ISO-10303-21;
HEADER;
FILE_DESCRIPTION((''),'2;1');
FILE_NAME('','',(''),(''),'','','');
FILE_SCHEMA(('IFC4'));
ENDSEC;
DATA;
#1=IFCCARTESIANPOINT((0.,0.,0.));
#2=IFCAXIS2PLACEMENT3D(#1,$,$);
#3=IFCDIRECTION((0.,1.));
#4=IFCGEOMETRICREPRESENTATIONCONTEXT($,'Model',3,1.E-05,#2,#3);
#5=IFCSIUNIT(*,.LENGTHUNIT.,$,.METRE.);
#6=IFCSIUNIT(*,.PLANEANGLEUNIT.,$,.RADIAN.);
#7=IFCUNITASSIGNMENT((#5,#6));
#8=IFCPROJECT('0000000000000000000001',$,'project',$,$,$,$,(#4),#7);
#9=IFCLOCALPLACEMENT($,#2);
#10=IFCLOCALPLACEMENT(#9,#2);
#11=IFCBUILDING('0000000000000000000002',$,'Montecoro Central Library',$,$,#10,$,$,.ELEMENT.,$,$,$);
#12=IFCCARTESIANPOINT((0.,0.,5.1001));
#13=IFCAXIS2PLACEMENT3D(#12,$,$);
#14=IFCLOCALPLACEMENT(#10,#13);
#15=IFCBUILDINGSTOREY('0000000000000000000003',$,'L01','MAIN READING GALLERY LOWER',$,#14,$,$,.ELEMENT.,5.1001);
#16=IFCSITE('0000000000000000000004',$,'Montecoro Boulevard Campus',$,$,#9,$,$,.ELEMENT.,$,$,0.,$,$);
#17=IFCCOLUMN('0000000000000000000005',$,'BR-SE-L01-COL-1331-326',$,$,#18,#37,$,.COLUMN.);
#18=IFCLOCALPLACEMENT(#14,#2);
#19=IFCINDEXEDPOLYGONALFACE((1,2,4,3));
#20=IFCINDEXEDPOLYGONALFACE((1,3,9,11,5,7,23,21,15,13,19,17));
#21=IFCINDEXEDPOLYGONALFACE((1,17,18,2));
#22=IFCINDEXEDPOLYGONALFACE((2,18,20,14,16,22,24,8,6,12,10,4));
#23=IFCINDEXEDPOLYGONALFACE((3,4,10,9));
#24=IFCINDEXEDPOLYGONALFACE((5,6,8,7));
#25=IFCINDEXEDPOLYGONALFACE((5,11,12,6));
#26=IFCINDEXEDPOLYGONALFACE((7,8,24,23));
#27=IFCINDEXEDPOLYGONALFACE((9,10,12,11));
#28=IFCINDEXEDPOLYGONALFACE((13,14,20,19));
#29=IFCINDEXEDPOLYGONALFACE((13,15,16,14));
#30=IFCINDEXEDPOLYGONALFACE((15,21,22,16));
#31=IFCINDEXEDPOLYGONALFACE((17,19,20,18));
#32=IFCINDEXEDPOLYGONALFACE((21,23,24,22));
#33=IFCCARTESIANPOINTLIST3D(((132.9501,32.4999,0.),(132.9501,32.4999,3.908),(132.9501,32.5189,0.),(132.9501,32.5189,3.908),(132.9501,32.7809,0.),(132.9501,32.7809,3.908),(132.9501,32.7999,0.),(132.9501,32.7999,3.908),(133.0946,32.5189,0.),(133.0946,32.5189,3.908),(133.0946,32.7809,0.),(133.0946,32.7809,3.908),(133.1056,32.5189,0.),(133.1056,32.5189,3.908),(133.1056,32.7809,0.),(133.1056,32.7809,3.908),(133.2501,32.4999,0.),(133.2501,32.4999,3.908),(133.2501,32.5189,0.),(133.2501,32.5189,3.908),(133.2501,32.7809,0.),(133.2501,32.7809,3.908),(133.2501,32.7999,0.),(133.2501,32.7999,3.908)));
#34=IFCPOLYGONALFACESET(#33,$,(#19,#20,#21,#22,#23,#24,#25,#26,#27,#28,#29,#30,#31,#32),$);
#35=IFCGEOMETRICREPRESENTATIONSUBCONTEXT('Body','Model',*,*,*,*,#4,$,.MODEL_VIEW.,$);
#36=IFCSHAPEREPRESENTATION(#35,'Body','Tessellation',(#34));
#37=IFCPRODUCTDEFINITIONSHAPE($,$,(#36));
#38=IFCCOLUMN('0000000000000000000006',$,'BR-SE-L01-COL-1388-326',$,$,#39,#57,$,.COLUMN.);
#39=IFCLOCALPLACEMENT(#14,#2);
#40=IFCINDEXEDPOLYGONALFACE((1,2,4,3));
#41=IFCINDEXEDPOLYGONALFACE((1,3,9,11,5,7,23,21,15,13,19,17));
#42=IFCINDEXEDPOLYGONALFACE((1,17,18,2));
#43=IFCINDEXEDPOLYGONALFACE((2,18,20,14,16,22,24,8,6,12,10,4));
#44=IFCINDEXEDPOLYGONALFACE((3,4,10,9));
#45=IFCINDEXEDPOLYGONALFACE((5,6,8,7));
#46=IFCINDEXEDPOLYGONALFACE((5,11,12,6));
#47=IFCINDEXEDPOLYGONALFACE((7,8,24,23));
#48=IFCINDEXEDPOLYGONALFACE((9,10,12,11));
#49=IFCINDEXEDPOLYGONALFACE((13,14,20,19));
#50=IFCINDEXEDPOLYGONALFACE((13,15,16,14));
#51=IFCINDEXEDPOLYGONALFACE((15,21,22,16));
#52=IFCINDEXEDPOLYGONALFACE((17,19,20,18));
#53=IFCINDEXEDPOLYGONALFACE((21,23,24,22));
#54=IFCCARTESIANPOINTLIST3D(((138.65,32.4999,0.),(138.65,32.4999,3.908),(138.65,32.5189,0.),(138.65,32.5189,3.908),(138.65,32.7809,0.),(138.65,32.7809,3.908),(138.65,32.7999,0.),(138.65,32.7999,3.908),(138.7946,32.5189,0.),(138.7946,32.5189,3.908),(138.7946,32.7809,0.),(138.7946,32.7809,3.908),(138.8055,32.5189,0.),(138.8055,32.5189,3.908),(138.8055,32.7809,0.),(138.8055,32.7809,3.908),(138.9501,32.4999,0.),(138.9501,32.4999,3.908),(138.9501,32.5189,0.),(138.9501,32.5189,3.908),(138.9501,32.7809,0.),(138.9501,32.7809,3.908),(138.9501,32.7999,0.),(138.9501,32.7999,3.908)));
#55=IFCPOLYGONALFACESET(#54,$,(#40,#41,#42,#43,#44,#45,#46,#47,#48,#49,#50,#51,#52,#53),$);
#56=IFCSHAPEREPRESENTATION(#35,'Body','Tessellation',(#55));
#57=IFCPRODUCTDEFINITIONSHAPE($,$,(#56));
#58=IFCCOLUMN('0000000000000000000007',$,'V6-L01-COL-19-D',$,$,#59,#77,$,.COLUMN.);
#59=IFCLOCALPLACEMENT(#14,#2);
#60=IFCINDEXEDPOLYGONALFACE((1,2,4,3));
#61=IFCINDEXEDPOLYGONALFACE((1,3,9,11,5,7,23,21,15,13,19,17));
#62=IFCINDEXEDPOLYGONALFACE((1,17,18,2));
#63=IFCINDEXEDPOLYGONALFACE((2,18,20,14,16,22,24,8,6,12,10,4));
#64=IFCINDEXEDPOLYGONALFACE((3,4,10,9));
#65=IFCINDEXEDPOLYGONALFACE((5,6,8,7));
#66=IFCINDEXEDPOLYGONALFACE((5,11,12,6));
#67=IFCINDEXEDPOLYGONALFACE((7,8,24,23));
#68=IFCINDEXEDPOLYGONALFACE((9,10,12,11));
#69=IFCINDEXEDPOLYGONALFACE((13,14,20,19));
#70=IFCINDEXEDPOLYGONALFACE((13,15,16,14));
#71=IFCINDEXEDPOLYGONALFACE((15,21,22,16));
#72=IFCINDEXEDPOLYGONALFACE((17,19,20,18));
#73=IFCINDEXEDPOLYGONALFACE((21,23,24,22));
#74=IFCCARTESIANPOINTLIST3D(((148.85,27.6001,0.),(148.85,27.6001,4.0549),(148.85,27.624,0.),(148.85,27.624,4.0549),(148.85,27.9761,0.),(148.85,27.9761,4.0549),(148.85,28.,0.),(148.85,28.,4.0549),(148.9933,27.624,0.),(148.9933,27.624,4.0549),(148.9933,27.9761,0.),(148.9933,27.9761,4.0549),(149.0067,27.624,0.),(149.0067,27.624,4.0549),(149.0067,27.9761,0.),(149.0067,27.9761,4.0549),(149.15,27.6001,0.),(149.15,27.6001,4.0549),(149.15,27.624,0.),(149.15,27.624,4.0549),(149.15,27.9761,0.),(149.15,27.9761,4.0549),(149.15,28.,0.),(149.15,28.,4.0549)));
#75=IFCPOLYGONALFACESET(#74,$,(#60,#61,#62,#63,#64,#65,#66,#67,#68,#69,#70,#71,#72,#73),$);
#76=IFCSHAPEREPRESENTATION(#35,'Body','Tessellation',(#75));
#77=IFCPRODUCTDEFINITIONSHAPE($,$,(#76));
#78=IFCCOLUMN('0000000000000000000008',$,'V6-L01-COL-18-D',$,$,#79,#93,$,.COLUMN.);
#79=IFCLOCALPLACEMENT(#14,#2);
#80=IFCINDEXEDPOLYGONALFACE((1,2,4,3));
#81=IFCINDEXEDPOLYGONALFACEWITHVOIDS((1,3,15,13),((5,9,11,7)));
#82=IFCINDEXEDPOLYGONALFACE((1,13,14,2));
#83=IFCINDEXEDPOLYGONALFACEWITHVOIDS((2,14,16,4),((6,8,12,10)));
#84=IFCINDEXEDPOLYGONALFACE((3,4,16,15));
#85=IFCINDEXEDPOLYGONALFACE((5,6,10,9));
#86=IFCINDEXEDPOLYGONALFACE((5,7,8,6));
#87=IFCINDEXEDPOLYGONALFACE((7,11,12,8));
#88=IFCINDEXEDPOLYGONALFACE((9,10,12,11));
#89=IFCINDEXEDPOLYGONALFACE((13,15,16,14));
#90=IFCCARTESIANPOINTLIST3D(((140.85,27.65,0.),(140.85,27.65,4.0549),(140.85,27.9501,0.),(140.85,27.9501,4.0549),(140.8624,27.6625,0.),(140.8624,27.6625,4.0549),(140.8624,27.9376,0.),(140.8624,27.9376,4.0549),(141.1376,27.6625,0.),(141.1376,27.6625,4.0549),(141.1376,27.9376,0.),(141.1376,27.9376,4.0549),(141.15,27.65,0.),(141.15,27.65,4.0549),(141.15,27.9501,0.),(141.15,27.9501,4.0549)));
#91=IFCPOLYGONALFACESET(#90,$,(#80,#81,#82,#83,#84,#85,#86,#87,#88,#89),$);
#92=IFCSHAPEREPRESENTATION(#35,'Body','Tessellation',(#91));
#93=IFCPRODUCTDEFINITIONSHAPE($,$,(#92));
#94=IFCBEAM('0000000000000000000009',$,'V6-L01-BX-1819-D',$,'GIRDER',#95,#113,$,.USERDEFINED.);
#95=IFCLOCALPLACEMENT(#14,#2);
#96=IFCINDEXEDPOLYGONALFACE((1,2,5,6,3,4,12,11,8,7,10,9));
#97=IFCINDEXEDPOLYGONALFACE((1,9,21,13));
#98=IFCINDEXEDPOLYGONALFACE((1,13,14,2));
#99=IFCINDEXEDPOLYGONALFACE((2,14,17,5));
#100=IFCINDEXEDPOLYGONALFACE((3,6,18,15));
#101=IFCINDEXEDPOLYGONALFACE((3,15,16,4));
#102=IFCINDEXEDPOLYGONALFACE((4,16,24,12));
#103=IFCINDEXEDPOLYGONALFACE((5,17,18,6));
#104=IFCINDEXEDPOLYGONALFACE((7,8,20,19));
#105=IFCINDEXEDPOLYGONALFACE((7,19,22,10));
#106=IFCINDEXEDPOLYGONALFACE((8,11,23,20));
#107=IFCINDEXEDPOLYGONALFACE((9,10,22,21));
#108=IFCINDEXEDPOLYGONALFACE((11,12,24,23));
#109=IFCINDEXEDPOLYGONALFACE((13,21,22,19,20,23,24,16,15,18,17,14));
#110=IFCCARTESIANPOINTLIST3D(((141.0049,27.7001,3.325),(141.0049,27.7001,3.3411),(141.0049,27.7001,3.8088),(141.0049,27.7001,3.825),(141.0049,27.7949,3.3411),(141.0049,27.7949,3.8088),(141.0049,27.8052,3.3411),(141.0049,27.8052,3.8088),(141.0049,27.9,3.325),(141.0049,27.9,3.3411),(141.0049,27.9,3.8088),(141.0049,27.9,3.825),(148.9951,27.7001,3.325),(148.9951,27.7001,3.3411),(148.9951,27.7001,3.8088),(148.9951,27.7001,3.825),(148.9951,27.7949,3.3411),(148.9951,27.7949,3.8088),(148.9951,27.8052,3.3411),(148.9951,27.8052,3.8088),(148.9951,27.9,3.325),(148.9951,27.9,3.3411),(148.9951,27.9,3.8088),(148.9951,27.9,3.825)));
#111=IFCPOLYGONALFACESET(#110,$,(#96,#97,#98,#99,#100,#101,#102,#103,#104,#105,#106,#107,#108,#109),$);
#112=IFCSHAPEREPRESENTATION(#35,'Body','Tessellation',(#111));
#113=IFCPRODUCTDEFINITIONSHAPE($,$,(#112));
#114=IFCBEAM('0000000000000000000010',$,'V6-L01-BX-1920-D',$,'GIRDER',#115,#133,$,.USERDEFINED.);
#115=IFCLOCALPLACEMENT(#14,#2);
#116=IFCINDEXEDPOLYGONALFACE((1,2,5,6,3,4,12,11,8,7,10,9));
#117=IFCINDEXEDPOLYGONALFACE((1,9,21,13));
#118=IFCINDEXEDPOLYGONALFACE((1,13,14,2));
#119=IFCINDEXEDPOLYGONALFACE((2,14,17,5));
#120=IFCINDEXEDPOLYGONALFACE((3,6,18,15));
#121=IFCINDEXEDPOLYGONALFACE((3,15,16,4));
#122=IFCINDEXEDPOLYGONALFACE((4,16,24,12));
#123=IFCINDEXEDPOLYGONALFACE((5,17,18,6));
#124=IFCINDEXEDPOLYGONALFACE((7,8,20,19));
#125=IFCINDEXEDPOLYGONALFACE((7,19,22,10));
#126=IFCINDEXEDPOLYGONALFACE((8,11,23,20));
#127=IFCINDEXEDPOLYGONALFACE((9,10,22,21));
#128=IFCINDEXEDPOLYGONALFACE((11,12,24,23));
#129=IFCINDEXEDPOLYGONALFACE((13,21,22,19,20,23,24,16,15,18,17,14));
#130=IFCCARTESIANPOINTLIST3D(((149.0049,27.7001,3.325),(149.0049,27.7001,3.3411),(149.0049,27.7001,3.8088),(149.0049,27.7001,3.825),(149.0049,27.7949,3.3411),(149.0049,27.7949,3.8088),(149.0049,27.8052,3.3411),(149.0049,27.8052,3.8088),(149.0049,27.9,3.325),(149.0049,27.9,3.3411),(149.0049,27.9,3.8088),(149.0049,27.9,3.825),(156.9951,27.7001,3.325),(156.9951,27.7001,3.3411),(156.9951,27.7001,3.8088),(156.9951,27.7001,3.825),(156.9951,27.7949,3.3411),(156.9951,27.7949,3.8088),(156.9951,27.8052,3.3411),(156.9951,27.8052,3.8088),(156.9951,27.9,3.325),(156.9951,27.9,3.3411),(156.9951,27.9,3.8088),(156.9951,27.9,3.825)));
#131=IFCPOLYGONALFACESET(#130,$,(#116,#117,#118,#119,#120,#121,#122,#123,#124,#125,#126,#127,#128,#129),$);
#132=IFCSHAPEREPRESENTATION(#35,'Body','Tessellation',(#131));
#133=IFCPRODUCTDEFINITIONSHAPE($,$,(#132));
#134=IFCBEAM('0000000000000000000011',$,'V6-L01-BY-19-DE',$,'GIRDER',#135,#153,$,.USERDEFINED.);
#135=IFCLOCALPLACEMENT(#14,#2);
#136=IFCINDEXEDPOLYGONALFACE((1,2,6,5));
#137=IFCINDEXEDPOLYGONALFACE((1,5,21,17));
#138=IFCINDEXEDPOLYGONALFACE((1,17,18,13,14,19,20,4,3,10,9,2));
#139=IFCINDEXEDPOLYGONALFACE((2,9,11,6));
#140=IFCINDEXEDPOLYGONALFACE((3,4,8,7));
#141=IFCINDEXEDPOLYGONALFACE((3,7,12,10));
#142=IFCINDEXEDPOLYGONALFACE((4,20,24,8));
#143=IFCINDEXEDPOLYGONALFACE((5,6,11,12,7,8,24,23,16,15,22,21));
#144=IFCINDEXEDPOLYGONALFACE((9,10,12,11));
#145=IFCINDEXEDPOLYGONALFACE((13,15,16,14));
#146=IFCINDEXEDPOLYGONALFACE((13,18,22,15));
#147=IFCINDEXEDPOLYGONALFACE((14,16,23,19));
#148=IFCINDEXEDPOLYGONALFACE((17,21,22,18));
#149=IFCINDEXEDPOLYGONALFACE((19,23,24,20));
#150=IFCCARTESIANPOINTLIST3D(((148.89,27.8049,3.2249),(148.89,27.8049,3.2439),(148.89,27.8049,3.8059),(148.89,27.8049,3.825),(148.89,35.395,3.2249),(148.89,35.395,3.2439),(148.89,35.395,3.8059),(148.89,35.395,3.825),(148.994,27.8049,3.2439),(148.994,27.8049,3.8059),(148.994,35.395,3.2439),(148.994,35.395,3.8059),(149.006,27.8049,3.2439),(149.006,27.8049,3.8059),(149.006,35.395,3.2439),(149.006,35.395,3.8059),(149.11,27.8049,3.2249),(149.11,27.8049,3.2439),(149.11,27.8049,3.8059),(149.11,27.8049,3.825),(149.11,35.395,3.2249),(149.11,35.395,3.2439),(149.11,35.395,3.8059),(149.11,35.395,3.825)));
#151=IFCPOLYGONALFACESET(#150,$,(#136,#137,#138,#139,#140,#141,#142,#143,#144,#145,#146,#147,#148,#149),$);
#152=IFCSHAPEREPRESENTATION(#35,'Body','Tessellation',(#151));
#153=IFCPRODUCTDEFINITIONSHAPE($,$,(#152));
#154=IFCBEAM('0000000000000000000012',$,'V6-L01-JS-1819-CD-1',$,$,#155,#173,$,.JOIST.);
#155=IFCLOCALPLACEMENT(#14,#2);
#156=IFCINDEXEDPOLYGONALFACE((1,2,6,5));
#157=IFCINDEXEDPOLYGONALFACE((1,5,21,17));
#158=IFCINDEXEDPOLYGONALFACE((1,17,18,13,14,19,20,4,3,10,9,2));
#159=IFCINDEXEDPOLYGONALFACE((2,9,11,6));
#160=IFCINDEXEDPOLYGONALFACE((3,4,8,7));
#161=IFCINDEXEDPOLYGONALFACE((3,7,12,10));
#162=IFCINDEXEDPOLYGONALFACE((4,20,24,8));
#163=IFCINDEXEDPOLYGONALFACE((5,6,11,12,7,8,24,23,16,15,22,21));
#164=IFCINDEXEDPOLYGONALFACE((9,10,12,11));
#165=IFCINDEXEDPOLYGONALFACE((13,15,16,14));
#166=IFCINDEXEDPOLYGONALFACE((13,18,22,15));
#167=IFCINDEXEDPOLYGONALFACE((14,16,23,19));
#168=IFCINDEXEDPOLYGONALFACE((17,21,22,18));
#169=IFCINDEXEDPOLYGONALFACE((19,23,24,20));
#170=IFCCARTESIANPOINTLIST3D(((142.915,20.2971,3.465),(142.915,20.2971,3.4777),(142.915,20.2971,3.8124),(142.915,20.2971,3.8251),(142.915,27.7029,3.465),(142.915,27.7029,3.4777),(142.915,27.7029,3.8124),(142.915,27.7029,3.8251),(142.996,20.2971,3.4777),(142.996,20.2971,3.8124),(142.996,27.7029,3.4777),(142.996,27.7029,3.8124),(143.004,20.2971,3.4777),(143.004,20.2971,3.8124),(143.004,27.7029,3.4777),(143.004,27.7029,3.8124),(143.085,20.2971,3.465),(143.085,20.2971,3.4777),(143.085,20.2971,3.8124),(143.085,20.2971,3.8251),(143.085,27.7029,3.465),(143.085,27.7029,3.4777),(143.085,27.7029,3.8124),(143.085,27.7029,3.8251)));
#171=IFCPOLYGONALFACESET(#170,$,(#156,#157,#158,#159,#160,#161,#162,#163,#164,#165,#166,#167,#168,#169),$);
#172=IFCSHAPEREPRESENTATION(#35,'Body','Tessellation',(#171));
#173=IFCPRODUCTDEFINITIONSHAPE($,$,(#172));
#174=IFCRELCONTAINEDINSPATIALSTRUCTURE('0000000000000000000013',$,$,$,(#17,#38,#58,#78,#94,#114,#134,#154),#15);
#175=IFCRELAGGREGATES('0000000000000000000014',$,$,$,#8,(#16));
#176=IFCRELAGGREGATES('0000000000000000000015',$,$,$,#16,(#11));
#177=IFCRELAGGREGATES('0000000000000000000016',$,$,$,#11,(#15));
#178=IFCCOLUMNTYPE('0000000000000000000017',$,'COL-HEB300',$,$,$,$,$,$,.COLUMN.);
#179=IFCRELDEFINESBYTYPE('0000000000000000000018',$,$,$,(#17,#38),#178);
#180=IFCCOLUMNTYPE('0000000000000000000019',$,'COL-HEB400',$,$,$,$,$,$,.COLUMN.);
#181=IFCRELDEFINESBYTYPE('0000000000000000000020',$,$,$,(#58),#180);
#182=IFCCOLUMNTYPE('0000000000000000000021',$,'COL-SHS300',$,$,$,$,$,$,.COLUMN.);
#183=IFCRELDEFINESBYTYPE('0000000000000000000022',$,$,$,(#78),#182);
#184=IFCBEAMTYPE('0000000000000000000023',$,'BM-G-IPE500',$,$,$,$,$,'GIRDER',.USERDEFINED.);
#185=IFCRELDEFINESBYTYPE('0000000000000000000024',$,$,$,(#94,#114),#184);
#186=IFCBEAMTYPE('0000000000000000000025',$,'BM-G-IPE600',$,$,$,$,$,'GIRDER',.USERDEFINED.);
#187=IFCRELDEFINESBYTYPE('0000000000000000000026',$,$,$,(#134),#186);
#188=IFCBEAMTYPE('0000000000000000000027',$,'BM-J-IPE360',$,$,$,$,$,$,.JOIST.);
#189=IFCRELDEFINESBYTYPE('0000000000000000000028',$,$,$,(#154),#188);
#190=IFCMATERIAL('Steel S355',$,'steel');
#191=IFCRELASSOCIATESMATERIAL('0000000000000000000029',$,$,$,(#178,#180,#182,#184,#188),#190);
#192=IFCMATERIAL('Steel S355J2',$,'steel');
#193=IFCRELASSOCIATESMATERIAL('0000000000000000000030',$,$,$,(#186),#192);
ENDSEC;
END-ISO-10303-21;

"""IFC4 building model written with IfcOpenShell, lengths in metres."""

from ifc_helpers import new_model, si_unit, direction, frame, origin, origin_2d, place, context, subcontext, project, spatial, hollow_rectangle, i_section, extrude, material, material_profile, profile_set, type_object, element, save


model = new_model("IFC4")

# Units and contexts
model_context = context("Model", 3, precision=1e-05, world=origin(), true_north=direction((0.0, 1.0)))
body_context = subcontext(model_context, "Body", "Model", "MODEL_VIEW")
ifc_project = project(units=[si_unit("LENGTHUNIT", "METRE"), si_unit("PLANEANGLEUNIT", "RADIAN")], contexts=[model_context])

# Site, building, storey
site_placement = place(None, origin())
site = spatial("IfcSite", under=ifc_project, at=site_placement, Name="Montecoro Boulevard Campus", CompositionType="ELEMENT", RefElevation=0.0)
building_placement = place(site_placement, origin())
building = spatial("IfcBuilding", under=site, at=building_placement, Name="Montecoro Central Library", CompositionType="ELEMENT")
storey_placement = place(building_placement, frame((0.0, 0.0, 5.1001)))
storey = spatial("IfcBuildingStorey", under=building, at=storey_placement, Name="L01", Description="MAIN READING GALLERY LOWER", CompositionType="ELEMENT", Elevation=5.1001)

# Columns
ifc_material_1 = material(Name="Steel S355", Category="steel")
ifc_material_profile_1 = material_profile(ifc_material_1, i_section(OverallWidth=0.3, OverallDepth=0.3, WebThickness=0.011, FlangeThickness=0.019, at=origin_2d()), Name="HEB 300")
ifc_profile_set_1 = profile_set([ifc_material_profile_1], Name="Steel S355")
column_type_1 = type_object("IfcColumnType", Name="COL-HEB300", PredefinedType="COLUMN", material=ifc_profile_set_1)
for number, where, z_axis, x_axis, name in (
    (1, (133.1001, 32.6499, 0.0), (0.0, 0.0, 1.0), (1.0, 0.0, 0.0), "BR-SE-L01-COL-1331-326"),
    (2, (138.8, 32.6499, 0.0), (0.0, 0.0, 1.0), (1.0, 0.0, 0.0), "BR-SE-L01-COL-1388-326"),
):
    element("IfcColumn", number, at=place(storey_placement, frame(where, z_axis=z_axis, x_axis=x_axis)), inside=storey, type_object=column_type_1, Name=name, PredefinedType="COLUMN", context=body_context, shape_type="SweptSolid", body=[
        extrude(i_section(OverallWidth=0.3, OverallDepth=0.3, WebThickness=0.011, FlangeThickness=0.019, at=origin_2d()), origin(), (0.0, 0.0, 1.0), 3.908),
    ])
ifc_material_profile_2 = material_profile(ifc_material_1, i_section(OverallWidth=0.3, OverallDepth=0.3999, WebThickness=0.0134, FlangeThickness=0.0239, at=origin_2d()), Name="HEB 400")
ifc_profile_set_2 = profile_set([ifc_material_profile_2], Name="Steel S355")
column_type_2 = type_object("IfcColumnType", Name="COL-HEB400", PredefinedType="COLUMN", material=ifc_profile_set_2)
column_1_placement = place(storey_placement, frame((149.0, 27.8, 0.0), z_axis=(0.0, 0.0, 1.0), x_axis=(1.0, 0.0, 0.0)))
element("IfcColumn", 3, at=column_1_placement, inside=storey, type_object=column_type_2, Name="V6-L01-COL-19-D", PredefinedType="COLUMN", context=body_context, shape_type="SweptSolid", body=[
    extrude(i_section(OverallWidth=0.3, OverallDepth=0.3999, WebThickness=0.0134, FlangeThickness=0.0239, at=origin_2d()), origin(), (0.0, 0.0, 1.0), 4.0549),
])
ifc_material_profile_3 = material_profile(ifc_material_1, hollow_rectangle(XDim=0.3, YDim=0.3, WallThickness=0.0125, at=origin_2d()), Name="SHS 300x300x12.5")
ifc_profile_set_3 = profile_set([ifc_material_profile_3], Name="Steel S355")
column_type_3 = type_object("IfcColumnType", Name="COL-SHS300", PredefinedType="COLUMN", material=ifc_profile_set_3)
column_2_placement = place(storey_placement, frame((141.0, 27.8, 0.0), z_axis=(0.0, 0.0, 1.0), x_axis=(1.0, 0.0, 0.0)))
element("IfcColumn", 4, at=column_2_placement, inside=storey, type_object=column_type_3, Name="V6-L01-COL-18-D", PredefinedType="COLUMN", context=body_context, shape_type="SweptSolid", body=[
    extrude(hollow_rectangle(XDim=0.3, YDim=0.3, WallThickness=0.0125, at=origin_2d()), origin(), (0.0, 0.0, 1.0), 4.0549),
])

# Beams
ifc_material_profile_4 = material_profile(ifc_material_1, i_section(OverallWidth=0.2, OverallDepth=0.5, WebThickness=0.0103, FlangeThickness=0.0161, at=origin_2d()), Name="IPE 500")
ifc_profile_set_4 = profile_set([ifc_material_profile_4], Name="Steel S355")
beam_type_1 = type_object("IfcBeamType", Name="BM-G-IPE500", ElementType="GIRDER", PredefinedType="USERDEFINED", material=ifc_profile_set_4)
for number, where, z_axis, x_axis, name in (
    (5, (141.0049, 27.8, 3.575), (1.0, 0.0, 0.0), (0.0, 1.0, 0.0), "V6-L01-BX-1819-D"),
    (6, (149.0049, 27.8, 3.575), (1.0, 0.0, 0.0), (0.0, 1.0, 0.0), "V6-L01-BX-1920-D"),
):
    element("IfcBeam", number, at=place(storey_placement, frame(where, z_axis=z_axis, x_axis=x_axis)), inside=storey, type_object=beam_type_1, Name=name, ObjectType="GIRDER", PredefinedType="USERDEFINED", context=body_context, shape_type="SweptSolid", body=[
        extrude(i_section(OverallWidth=0.2, OverallDepth=0.5, WebThickness=0.0103, FlangeThickness=0.0161, at=origin_2d()), origin(), (0.0, 0.0, 1.0), 7.9902),
    ])
ifc_material_2 = material(Name="Steel S355J2", Category="steel")
ifc_material_profile_5 = material_profile(ifc_material_2, i_section(OverallWidth=0.22, OverallDepth=0.6001, WebThickness=0.012, FlangeThickness=0.019, at=origin_2d()), Name="IPE 600")
ifc_profile_set_5 = profile_set([ifc_material_profile_5], Name="Steel S355J2")
beam_type_2 = type_object("IfcBeamType", Name="BM-G-IPE600", ElementType="GIRDER", PredefinedType="USERDEFINED", material=ifc_profile_set_5)
beam_1_placement = place(storey_placement, frame((149.0, 27.8049, 3.5249), z_axis=(0.0, 1.0, 0.0), x_axis=(-1.0, 0.0, 0.0)))
element("IfcBeam", 7, at=beam_1_placement, inside=storey, type_object=beam_type_2, Name="V6-L01-BY-19-DE", ObjectType="GIRDER", PredefinedType="USERDEFINED", context=body_context, shape_type="SweptSolid", body=[
    extrude(i_section(OverallWidth=0.22, OverallDepth=0.6001, WebThickness=0.012, FlangeThickness=0.019, at=origin_2d()), origin(), (0.0, 0.0, 1.0), 7.5901),
])
ifc_material_profile_6 = material_profile(ifc_material_1, i_section(OverallWidth=0.1699, OverallDepth=0.3601, WebThickness=0.0081, FlangeThickness=0.0127, at=origin_2d()), Name="IPE 360")
ifc_profile_set_6 = profile_set([ifc_material_profile_6], Name="Steel S355")
beam_type_3 = type_object("IfcBeamType", Name="BM-J-IPE360", PredefinedType="JOIST", material=ifc_profile_set_6)
for number, where, z_axis, x_axis, name in (
    (8, (143.0, 20.2971, 3.645), (0.0, 1.0, 0.0), (-1.0, 0.0, 0.0), "V6-L01-JS-1819-CD-1"),
):
    element("IfcBeam", number, at=place(storey_placement, frame(where, z_axis=z_axis, x_axis=x_axis)), inside=storey, type_object=beam_type_3, Name=name, PredefinedType="JOIST", context=body_context, shape_type="SweptSolid", body=[
        extrude(i_section(OverallWidth=0.1699, OverallDepth=0.3601, WebThickness=0.0081, FlangeThickness=0.0127, at=origin_2d()), origin(), (0.0, 0.0, 1.0), 7.4058),
    ])

save(model, "model.ifc")
